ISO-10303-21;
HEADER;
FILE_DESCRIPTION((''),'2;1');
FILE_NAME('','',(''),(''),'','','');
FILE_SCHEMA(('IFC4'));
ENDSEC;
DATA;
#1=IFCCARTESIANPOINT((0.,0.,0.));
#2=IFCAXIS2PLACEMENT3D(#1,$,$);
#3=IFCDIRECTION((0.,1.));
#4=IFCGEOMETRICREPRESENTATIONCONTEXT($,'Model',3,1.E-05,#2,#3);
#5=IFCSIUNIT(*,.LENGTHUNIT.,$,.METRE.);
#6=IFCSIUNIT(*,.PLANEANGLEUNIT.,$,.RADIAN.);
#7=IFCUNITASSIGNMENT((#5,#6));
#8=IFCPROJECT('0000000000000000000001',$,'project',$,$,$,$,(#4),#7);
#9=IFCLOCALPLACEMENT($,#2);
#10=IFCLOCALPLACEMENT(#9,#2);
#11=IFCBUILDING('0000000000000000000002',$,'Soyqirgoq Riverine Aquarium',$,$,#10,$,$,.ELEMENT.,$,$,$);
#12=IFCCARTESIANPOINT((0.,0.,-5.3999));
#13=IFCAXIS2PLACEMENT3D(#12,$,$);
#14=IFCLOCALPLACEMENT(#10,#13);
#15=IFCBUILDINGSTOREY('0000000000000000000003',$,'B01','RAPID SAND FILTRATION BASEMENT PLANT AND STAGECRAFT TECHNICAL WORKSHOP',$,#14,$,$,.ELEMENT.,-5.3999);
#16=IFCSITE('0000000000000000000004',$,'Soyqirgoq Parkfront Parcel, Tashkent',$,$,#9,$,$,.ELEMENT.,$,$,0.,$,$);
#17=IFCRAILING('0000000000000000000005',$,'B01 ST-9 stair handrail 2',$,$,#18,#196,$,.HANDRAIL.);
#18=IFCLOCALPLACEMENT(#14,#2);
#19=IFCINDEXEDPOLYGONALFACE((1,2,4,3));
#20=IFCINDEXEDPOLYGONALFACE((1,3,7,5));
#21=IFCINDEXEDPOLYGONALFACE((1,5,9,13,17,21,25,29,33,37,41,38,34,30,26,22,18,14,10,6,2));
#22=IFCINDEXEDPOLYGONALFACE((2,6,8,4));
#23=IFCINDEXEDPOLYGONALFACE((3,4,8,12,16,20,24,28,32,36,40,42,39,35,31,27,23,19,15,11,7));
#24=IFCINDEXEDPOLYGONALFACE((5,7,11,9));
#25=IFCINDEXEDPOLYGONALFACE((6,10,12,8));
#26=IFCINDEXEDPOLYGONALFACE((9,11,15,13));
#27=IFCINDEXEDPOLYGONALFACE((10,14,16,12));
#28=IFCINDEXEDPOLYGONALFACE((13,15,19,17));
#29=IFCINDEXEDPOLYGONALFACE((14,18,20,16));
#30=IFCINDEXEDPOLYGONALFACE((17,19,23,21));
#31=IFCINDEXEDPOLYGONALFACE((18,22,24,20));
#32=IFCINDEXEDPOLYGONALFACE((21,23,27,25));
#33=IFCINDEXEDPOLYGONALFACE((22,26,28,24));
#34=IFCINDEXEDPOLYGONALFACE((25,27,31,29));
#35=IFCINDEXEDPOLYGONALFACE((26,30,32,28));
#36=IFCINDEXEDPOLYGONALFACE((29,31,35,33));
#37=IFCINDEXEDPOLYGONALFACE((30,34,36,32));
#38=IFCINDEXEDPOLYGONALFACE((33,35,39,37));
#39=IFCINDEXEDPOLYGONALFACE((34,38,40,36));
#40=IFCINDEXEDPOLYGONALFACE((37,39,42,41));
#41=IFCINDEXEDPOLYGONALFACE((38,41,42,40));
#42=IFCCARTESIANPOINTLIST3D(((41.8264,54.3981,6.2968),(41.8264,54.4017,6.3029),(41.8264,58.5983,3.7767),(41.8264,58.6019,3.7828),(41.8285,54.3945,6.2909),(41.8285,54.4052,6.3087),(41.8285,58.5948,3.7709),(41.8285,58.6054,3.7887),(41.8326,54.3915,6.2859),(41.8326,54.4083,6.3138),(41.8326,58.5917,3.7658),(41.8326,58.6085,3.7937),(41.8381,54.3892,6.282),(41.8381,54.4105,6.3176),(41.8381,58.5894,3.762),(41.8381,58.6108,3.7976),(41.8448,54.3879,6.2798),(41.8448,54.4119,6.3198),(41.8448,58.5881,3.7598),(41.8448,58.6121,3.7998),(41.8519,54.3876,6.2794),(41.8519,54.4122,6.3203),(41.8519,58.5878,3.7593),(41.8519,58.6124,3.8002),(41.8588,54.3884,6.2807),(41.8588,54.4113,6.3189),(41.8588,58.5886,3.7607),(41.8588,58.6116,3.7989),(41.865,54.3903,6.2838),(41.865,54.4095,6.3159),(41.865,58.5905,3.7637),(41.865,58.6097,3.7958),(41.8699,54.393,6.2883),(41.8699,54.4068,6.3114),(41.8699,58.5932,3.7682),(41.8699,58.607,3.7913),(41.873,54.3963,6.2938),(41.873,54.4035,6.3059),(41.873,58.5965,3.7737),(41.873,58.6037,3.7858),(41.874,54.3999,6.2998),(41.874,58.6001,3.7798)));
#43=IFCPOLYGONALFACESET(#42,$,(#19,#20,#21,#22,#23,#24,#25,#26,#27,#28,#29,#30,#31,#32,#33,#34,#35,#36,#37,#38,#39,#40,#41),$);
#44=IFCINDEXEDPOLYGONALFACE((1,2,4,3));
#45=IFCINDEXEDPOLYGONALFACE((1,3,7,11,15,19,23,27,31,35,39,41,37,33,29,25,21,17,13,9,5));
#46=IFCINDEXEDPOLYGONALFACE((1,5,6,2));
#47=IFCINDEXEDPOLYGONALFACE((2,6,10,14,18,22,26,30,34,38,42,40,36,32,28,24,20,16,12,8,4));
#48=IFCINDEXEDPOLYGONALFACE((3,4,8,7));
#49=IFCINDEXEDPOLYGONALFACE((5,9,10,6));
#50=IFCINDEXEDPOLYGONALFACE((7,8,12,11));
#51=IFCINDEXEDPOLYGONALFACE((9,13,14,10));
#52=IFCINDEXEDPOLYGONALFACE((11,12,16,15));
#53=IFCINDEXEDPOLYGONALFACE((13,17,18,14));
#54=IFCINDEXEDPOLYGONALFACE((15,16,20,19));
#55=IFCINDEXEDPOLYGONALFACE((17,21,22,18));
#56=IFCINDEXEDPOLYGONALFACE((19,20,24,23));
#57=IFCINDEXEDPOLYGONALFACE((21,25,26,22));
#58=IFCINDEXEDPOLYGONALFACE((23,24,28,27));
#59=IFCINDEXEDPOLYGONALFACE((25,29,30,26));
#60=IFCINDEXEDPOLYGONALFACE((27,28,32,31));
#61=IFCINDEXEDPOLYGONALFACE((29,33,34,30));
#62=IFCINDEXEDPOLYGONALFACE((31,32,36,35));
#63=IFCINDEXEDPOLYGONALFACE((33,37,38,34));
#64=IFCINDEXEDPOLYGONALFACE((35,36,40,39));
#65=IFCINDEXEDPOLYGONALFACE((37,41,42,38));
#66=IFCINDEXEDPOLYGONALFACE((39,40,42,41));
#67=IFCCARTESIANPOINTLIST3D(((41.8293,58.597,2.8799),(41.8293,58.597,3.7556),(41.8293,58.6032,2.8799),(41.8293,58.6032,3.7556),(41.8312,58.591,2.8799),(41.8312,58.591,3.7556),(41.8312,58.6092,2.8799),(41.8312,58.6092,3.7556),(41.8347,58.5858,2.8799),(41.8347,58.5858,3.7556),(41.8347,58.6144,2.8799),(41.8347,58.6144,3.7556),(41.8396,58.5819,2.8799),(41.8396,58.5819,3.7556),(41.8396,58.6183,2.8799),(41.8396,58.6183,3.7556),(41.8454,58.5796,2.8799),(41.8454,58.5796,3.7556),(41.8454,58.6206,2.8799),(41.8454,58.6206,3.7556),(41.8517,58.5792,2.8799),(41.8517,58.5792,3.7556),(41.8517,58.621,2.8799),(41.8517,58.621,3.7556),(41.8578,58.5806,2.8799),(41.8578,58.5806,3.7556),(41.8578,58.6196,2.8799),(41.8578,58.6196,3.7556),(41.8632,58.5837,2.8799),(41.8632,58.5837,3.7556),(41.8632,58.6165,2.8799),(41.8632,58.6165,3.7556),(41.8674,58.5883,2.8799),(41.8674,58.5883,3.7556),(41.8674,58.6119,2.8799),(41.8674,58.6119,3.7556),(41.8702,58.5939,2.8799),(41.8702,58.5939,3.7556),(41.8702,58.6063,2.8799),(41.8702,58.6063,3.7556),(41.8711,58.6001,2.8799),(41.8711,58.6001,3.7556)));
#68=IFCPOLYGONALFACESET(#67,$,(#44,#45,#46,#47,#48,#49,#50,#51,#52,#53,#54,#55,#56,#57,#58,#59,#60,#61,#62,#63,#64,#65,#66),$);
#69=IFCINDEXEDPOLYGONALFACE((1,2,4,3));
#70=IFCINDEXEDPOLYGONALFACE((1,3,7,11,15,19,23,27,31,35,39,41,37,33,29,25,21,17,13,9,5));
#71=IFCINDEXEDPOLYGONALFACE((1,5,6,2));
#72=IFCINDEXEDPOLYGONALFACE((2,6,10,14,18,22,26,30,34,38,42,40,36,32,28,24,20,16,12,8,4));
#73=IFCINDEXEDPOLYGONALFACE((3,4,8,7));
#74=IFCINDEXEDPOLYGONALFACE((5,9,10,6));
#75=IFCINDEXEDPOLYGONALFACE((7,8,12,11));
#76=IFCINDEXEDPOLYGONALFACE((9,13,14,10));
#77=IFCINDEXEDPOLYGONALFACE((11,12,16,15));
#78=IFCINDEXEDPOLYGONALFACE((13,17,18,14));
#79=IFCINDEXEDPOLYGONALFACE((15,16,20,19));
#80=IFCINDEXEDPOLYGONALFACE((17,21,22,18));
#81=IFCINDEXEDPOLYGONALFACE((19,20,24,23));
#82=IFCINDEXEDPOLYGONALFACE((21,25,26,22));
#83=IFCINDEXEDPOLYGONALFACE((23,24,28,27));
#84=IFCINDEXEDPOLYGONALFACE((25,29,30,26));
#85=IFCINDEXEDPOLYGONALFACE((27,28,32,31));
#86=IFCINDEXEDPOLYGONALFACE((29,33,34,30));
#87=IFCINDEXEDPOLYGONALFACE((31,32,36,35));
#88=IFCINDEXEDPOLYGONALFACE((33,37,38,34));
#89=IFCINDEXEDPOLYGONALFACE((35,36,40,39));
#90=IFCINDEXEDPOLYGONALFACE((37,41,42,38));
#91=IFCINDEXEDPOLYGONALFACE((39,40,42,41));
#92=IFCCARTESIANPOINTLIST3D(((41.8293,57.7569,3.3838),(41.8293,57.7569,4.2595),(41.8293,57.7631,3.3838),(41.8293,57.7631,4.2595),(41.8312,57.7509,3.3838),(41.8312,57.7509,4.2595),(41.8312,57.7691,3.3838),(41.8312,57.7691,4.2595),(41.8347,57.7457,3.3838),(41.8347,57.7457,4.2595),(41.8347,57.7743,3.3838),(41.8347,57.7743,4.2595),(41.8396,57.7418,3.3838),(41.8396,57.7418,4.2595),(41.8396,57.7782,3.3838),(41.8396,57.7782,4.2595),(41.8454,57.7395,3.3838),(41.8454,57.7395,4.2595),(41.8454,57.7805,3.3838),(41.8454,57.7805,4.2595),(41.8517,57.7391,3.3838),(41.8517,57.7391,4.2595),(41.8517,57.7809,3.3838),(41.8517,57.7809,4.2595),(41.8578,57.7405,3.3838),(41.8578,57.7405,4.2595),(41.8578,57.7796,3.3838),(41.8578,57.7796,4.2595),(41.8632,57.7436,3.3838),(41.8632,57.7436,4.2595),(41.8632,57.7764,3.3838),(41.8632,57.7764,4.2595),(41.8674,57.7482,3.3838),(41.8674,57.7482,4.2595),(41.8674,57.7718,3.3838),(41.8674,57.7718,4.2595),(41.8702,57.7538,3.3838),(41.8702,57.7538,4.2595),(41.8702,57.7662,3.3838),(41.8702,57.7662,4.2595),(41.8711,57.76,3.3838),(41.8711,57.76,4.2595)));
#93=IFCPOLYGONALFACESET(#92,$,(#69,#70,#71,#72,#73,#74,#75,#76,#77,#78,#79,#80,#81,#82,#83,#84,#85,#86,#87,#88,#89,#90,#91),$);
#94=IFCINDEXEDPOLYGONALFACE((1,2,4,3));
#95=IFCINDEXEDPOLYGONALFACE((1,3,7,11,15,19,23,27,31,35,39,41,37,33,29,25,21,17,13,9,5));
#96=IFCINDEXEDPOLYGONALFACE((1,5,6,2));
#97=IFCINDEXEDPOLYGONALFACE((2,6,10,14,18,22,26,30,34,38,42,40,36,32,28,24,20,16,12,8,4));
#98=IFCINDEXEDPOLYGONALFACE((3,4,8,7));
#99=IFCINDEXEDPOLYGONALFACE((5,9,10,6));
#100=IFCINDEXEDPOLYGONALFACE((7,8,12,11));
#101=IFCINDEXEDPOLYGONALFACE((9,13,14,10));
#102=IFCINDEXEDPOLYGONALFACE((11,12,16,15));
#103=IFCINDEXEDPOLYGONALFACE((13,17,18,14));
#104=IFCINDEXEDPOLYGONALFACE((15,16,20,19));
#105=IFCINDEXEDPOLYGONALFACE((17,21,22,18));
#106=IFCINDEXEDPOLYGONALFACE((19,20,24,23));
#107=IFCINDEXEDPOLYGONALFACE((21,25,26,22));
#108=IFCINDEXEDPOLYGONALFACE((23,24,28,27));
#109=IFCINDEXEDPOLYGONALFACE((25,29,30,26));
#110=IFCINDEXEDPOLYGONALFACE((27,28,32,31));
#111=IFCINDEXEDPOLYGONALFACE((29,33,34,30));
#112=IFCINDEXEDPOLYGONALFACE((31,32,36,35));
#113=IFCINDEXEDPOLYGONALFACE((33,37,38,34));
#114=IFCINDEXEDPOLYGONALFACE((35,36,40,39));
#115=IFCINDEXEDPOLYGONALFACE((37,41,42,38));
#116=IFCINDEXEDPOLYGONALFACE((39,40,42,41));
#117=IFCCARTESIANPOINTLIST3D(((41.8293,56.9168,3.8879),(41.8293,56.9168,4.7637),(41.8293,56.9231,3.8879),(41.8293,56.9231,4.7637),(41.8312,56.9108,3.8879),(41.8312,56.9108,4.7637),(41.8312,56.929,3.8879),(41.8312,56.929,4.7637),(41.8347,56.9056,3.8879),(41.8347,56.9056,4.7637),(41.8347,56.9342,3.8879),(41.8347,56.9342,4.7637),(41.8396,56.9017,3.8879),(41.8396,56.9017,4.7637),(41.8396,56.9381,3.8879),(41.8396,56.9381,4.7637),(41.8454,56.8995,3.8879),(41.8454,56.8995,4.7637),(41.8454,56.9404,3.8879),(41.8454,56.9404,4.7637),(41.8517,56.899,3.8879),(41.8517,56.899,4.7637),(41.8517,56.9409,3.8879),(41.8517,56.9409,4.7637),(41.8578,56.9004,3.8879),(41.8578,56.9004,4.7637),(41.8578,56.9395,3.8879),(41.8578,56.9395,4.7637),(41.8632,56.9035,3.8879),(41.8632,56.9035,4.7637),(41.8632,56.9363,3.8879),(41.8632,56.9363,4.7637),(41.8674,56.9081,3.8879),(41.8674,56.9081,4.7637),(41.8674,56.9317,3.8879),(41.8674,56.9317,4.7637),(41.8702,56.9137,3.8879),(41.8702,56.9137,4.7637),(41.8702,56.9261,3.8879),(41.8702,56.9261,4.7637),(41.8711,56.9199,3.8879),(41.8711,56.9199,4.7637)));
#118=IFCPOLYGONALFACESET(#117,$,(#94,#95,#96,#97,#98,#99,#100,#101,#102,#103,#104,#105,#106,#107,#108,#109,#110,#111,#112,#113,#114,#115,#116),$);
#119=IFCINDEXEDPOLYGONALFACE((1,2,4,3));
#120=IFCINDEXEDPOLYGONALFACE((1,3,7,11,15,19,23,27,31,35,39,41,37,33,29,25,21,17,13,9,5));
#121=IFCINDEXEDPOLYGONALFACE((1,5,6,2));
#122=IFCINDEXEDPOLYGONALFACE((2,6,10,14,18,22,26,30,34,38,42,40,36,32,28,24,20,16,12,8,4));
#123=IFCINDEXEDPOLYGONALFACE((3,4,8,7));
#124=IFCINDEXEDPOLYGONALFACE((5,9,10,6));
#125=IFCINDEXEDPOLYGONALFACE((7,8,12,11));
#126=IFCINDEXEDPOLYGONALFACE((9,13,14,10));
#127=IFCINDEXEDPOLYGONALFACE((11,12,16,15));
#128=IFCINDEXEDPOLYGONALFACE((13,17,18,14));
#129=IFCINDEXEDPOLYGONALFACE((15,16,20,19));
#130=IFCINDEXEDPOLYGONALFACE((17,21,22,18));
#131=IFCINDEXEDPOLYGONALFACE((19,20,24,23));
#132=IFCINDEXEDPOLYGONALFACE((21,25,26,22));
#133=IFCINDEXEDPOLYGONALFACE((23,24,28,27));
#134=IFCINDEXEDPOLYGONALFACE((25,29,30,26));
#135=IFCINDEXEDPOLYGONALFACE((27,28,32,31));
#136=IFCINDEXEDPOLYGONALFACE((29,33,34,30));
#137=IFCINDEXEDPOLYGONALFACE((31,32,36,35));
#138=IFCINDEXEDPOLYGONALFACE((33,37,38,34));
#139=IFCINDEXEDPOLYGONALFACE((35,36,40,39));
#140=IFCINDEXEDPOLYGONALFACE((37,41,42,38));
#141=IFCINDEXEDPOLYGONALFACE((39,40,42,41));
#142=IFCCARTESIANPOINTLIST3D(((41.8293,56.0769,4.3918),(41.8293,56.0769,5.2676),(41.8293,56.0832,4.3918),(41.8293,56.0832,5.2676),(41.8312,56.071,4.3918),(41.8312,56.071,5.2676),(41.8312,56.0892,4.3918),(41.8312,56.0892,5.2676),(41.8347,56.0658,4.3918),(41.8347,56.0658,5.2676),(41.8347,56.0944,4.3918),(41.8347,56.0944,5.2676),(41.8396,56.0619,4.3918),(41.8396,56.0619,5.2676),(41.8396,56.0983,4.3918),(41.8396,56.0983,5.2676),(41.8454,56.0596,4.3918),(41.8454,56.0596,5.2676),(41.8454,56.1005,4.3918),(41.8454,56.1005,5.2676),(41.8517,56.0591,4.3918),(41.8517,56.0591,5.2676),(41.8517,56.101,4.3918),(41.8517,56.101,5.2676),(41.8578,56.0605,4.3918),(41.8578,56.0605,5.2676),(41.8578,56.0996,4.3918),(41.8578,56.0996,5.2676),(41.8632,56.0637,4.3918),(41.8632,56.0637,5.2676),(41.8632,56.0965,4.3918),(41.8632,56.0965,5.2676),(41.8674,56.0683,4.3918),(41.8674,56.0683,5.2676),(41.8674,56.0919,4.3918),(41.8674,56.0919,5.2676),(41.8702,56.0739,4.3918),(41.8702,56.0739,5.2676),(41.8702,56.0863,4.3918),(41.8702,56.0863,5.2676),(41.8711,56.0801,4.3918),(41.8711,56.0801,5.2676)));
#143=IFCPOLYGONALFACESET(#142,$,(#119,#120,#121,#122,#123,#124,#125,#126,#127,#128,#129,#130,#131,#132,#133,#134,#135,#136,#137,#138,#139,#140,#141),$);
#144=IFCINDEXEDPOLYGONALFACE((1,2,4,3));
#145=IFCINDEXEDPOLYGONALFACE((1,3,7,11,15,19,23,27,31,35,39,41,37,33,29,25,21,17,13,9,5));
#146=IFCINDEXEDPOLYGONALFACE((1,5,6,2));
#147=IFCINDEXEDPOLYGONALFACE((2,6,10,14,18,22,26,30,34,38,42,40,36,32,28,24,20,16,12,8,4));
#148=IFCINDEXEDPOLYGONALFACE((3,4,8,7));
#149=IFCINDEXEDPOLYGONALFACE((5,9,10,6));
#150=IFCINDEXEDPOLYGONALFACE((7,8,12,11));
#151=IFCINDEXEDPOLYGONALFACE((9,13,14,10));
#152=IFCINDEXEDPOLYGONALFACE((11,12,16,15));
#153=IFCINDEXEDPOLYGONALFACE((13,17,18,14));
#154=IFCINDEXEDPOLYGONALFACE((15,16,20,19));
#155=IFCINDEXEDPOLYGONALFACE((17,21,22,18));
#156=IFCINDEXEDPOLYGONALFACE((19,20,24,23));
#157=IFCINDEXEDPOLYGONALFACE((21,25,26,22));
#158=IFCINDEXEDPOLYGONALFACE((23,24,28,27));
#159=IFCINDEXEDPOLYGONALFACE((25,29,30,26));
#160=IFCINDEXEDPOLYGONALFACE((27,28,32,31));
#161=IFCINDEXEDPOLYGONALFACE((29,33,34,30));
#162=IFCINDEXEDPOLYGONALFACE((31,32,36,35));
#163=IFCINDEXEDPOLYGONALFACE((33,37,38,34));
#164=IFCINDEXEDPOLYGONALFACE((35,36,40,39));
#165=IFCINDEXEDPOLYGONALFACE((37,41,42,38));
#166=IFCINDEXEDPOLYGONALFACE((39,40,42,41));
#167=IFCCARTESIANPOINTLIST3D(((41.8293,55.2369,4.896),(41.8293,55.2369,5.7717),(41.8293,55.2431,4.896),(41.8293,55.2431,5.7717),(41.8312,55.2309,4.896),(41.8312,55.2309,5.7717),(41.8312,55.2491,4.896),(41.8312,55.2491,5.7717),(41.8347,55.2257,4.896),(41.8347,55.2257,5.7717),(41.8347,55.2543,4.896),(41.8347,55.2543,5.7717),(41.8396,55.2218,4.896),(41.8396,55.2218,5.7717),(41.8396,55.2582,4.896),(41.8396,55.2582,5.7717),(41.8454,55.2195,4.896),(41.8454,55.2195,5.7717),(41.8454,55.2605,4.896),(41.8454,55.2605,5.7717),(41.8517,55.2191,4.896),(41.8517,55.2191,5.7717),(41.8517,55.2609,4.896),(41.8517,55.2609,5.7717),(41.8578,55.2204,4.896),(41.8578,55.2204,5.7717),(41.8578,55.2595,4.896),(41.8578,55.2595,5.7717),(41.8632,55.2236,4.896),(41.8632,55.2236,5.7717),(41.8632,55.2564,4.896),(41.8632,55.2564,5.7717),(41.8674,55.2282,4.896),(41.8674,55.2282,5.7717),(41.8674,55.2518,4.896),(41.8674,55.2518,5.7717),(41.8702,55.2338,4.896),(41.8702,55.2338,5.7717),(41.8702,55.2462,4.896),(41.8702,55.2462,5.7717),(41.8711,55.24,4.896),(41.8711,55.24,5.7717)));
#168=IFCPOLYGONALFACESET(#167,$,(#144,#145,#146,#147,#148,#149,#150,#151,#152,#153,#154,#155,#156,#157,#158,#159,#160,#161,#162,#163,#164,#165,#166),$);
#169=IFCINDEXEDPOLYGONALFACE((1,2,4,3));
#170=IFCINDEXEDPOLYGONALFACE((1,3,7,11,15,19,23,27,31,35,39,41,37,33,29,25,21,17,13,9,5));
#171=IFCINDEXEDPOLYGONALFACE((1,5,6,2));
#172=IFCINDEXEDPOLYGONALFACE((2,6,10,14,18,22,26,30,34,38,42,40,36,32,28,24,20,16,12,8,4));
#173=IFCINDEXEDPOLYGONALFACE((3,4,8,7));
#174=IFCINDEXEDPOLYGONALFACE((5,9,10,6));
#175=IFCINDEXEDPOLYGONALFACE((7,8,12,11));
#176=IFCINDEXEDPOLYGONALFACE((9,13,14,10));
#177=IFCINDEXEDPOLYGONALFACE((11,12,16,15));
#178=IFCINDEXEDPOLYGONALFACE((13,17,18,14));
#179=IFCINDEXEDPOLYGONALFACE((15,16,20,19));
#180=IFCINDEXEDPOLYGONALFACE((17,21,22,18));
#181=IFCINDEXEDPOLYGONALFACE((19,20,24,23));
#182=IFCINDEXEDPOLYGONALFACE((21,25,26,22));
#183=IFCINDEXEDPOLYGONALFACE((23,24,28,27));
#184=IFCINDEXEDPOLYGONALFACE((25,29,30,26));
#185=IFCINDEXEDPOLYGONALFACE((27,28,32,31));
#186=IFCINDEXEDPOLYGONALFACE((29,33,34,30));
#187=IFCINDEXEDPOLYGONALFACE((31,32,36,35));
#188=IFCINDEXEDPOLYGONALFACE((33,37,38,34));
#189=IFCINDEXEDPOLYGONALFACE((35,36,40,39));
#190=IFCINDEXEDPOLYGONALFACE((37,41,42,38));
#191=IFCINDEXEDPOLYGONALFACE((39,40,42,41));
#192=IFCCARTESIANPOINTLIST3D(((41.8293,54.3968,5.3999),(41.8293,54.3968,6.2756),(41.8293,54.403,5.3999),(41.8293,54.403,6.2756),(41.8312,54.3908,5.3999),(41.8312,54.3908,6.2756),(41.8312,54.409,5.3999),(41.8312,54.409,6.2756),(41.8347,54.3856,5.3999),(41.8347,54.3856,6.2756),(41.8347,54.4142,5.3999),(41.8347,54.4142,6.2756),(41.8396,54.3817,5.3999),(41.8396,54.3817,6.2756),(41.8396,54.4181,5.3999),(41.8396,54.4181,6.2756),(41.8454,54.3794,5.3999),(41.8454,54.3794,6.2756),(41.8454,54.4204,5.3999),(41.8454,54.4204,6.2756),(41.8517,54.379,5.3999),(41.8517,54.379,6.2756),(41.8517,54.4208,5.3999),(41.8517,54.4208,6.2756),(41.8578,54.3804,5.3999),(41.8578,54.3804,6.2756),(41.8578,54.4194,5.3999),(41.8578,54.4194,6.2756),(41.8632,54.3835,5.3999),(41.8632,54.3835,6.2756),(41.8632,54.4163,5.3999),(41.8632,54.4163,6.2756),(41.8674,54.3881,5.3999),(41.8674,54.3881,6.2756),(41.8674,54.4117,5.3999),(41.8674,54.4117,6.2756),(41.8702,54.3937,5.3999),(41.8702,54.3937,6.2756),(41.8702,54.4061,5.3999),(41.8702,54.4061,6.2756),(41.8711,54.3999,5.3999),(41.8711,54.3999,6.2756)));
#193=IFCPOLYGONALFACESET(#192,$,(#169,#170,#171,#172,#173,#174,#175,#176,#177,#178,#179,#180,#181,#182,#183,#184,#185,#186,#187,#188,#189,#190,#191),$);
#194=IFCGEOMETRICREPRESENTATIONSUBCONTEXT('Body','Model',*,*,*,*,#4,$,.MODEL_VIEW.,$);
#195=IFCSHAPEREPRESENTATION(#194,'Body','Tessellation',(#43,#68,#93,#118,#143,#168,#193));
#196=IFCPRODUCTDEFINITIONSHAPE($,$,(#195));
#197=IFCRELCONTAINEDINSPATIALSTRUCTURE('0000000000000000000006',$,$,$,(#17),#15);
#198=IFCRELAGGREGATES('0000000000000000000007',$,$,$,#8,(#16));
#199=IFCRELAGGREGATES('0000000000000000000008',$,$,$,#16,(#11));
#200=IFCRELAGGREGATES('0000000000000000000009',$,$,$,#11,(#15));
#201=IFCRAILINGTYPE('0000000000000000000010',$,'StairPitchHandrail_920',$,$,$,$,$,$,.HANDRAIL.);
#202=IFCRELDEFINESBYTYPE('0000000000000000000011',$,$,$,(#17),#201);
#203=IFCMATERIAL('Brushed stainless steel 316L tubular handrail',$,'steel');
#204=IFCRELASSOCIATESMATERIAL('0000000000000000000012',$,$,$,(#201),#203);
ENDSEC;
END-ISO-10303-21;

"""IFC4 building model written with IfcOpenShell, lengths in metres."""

from ifc_helpers import new_model, si_unit, direction, frame, origin, origin_2d, place, context, subcontext, project, spatial, circle, extrude, material, type_object, element, save


model = new_model("IFC4")

# Units and contexts
model_context = context("Model", 3, precision=1e-05, world=origin(), true_north=direction((0.0, 1.0)))
body_context = subcontext(model_context, "Body", "Model", "MODEL_VIEW")
ifc_project = project(units=[si_unit("LENGTHUNIT", "METRE"), si_unit("PLANEANGLEUNIT", "RADIAN")], contexts=[model_context])

# Site, building, storey
site_placement = place(None, origin())
site = spatial("IfcSite", under=ifc_project, at=site_placement, Name="Soyqirgoq Parkfront Parcel, Tashkent", CompositionType="ELEMENT", RefElevation=0.0)
building_placement = place(site_placement, origin())
building = spatial("IfcBuilding", under=site, at=building_placement, Name="Soyqirgoq Riverine Aquarium", CompositionType="ELEMENT")
storey_placement = place(building_placement, frame((0.0, 0.0, -5.3999)))
storey = spatial("IfcBuildingStorey", under=building, at=storey_placement, Name="B01", Description="RAPID SAND FILTRATION BASEMENT PLANT AND STAGECRAFT TECHNICAL WORKSHOP", CompositionType="ELEMENT", Elevation=-5.3999)

# Railing
ifc_material_1 = material(Name="Brushed stainless steel 316L tubular handrail", Category="steel")
railing_type_1 = type_object("IfcRailingType", Name="StairPitchHandrail_920", PredefinedType="HANDRAIL", material=ifc_material_1)
railing_1_placement = place(storey_placement, frame((41.8501, 58.6001, 2.8799)))
element("IfcRailing", 1, at=railing_1_placement, inside=storey, type_object=railing_type_1, Name="B01 ST-9 stair handrail 2", PredefinedType="HANDRAIL", context=body_context, shape_type="SweptSolid", body=[
    extrude(circle(Radius=0.0239, at=origin_2d()), frame((0.0, 0.0, 0.8999), z_axis=(0.0, -0.857502, 0.514481), x_axis=(1.0, 0.0, 0.0)), (0.0, 0.0, 1.0), 4.8982),
    extrude(circle(Radius=0.021, at=origin_2d()), origin(), (0.0, 0.0, 1.0), 0.8757),
    extrude(circle(Radius=0.021, at=origin_2d()), frame((0.0, -0.8401, 0.5039)), (0.0, 0.0, 1.0), 0.8757),
    extrude(circle(Radius=0.021, at=origin_2d()), frame((0.0, -1.6802, 1.0081)), (0.0, 0.0, 1.0), 0.8757),
    extrude(circle(Radius=0.021, at=origin_2d()), frame((0.0, -2.52, 1.512)), (0.0, 0.0, 1.0), 0.8757),
    extrude(circle(Radius=0.021, at=origin_2d()), frame((0.0, -3.3601, 2.0161)), (0.0, 0.0, 1.0), 0.8757),
    extrude(circle(Radius=0.021, at=origin_2d()), frame((0.0, -4.2002, 2.52)), (0.0, 0.0, 1.0), 0.8757),
])

save(model, "model.ifc")
